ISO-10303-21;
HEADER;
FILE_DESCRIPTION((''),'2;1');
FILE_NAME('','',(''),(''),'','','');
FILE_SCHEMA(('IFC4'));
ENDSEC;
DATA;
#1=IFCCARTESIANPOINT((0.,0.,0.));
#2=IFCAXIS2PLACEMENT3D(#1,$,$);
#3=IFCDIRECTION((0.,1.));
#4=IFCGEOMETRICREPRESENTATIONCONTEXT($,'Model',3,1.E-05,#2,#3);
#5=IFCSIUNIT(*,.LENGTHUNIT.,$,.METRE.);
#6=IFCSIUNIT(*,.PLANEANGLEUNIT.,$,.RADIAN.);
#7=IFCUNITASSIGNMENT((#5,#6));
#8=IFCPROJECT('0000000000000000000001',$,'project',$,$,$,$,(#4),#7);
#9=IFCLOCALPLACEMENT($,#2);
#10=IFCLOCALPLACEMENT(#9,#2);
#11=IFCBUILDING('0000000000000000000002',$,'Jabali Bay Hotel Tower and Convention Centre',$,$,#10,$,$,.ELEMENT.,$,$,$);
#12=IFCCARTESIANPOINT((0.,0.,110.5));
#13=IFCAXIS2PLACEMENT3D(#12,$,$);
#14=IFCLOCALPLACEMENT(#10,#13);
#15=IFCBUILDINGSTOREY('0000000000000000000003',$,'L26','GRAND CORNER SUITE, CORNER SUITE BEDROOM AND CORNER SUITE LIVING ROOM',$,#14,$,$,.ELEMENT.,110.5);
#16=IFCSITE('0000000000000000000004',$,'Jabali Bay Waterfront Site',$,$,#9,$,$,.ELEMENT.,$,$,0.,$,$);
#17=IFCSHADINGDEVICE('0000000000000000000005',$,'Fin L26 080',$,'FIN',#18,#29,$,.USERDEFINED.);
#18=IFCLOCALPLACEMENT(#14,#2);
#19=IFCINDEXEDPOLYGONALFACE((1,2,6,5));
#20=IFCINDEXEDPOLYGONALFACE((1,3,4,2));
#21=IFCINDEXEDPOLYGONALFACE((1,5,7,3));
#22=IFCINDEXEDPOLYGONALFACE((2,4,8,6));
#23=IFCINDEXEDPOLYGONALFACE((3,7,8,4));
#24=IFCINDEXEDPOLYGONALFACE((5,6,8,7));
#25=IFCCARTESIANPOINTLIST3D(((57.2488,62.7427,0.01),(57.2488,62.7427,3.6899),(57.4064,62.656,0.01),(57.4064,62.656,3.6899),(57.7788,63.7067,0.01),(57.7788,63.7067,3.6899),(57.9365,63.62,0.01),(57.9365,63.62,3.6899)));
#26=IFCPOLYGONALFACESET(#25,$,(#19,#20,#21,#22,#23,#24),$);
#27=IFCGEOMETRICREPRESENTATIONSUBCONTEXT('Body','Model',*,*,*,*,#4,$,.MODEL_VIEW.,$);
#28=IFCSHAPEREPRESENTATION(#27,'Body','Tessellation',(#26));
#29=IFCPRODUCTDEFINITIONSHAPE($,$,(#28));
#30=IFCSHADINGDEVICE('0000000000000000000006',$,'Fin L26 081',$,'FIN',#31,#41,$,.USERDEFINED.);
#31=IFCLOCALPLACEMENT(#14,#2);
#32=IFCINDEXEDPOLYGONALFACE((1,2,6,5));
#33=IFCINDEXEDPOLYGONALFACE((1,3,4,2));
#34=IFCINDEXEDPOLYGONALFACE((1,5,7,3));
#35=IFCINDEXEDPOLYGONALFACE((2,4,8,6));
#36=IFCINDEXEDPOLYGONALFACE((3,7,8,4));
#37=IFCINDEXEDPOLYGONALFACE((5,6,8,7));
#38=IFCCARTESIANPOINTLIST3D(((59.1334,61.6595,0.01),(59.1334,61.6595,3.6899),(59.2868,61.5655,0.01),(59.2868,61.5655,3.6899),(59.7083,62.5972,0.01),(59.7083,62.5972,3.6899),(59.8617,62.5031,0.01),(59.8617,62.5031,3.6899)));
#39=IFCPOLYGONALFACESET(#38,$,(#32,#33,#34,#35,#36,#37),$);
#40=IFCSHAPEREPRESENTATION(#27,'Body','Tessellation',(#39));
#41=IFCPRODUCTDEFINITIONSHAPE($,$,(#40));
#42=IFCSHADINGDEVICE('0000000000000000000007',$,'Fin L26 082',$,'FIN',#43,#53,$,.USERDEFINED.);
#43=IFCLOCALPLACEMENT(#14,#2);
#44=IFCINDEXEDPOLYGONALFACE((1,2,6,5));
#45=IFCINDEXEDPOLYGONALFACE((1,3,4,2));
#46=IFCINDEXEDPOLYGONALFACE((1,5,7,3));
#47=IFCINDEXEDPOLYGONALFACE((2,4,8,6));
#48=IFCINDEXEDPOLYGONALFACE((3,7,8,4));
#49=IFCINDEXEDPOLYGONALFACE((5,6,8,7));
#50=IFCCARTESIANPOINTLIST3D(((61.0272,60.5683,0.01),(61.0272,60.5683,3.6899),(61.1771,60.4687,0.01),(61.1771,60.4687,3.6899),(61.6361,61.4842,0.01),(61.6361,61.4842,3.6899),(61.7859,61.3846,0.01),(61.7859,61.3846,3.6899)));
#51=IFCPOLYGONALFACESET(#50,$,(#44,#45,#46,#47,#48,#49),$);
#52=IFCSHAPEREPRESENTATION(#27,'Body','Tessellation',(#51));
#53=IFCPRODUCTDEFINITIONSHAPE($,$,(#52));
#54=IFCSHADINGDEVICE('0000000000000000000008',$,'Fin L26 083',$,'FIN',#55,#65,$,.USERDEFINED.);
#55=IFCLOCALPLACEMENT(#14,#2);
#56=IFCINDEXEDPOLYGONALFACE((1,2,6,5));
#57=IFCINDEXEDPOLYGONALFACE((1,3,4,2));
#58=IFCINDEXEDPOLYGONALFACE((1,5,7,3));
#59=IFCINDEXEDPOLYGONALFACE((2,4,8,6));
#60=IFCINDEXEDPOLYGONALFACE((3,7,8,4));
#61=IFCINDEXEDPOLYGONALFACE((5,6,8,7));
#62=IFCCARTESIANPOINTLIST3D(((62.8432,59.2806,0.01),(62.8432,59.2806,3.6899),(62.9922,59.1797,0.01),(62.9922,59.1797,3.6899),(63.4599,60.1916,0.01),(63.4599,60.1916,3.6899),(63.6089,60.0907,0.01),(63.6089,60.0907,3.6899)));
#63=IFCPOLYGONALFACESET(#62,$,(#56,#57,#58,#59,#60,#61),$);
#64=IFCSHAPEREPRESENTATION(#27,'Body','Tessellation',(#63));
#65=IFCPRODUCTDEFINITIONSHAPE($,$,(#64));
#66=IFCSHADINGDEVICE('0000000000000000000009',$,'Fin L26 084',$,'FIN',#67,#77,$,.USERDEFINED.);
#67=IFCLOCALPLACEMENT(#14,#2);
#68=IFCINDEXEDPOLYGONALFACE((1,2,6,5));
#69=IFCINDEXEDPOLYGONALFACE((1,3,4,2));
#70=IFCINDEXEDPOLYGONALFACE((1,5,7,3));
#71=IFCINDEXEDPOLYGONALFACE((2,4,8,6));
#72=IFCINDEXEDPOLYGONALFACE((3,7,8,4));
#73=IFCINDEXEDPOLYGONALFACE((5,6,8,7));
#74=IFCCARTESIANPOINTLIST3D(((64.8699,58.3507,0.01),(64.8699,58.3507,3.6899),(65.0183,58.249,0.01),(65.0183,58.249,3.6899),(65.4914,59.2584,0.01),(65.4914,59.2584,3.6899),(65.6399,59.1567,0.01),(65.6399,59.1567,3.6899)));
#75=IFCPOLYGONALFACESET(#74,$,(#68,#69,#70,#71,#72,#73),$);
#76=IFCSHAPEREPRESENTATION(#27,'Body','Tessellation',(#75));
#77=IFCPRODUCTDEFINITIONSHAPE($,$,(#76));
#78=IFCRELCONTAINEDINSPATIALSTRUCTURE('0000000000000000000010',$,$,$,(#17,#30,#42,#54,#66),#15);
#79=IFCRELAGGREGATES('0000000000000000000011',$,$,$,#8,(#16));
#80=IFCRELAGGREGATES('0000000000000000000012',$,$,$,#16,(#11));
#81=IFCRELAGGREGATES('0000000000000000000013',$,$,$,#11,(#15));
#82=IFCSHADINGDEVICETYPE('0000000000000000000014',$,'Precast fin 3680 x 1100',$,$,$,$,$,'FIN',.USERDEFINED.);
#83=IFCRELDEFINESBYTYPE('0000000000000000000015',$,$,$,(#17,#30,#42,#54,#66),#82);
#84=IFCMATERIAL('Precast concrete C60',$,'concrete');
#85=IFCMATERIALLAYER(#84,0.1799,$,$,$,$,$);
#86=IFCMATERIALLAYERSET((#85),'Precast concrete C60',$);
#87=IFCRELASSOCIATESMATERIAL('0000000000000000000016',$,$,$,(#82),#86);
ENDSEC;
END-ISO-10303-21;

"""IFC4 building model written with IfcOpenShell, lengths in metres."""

from ifc_helpers import new_model, si_unit, direction, frame, frame_2d, origin, place, context, subcontext, project, spatial, rectangle, extrude, material, layer, layer_set, type_object, element, save


model = new_model("IFC4")

# Units and contexts
model_context = context("Model", 3, precision=1e-05, world=origin(), true_north=direction((0.0, 1.0)))
body_context = subcontext(model_context, "Body", "Model", "MODEL_VIEW")
ifc_project = project(units=[si_unit("LENGTHUNIT", "METRE"), si_unit("PLANEANGLEUNIT", "RADIAN")], contexts=[model_context])

# Site, building, storey
site_placement = place(None, origin())
site = spatial("IfcSite", under=ifc_project, at=site_placement, Name="Jabali Bay Waterfront Site", CompositionType="ELEMENT", RefElevation=0.0)
building_placement = place(site_placement, origin())
building = spatial("IfcBuilding", under=site, at=building_placement, Name="Jabali Bay Hotel Tower and Convention Centre", CompositionType="ELEMENT")
storey_placement = place(building_placement, frame((0.0, 0.0, 110.5)))
storey = spatial("IfcBuildingStorey", under=building, at=storey_placement, Name="L26", Description="GRAND CORNER SUITE, CORNER SUITE BEDROOM AND CORNER SUITE LIVING ROOM", CompositionType="ELEMENT", Elevation=110.5)

# Shading devices
ifc_material_1 = material(Name="Precast concrete C60", Category="concrete")
ifc_layer_1 = layer(ifc_material_1, 0.1799)
ifc_layer_set_1 = layer_set([ifc_layer_1], Name="Precast concrete C60")
shading_device_type = type_object("IfcShadingDeviceType", Name="Precast fin 3680 x 1100", ElementType="FIN", PredefinedType="USERDEFINED", material=ifc_layer_set_1)
shading_device_1_placement = place(storey_placement, frame((57.8577, 63.6633, 0.01), z_axis=(0.0, 0.0, 1.0), x_axis=(-0.481851, -0.876253, 0.0)))
element("IfcShadingDevice", 1, at=shading_device_1_placement, inside=storey, type_object=shading_device_type, Name="Fin L26 080", ObjectType="FIN", PredefinedType="USERDEFINED", context=body_context, shape_type="SweptSolid", body=[
    extrude(rectangle(XDim=1.1001, YDim=0.1799, at=frame_2d((0.55, 0.0))), origin(), (0.0, 0.0, 1.0), 3.6799),
])
for number, where, z_axis, x_axis, name in (
    (2, (59.7849, 62.55, 0.01), (0.0, 0.0, 1.0), (-0.522697, -0.852518, 0.0), "Fin L26 081"),
    (3, (61.7109, 61.4343, 0.01), (0.0, 0.0, 1.0), (-0.553573, -0.832801, 0.0), "Fin L26 082"),
):
    element("IfcShadingDevice", number, at=place(storey_placement, frame(where, z_axis=z_axis, x_axis=x_axis)), inside=storey, type_object=shading_device_type, Name=name, ObjectType="FIN", PredefinedType="USERDEFINED", context=body_context, shape_type="SweptSolid", body=[
        extrude(rectangle(XDim=1.0999, YDim=0.1799, at=frame_2d((0.5498, 0.0))), origin(), (0.0, 0.0, 1.0), 3.6799),
    ])
for number, where, z_axis, x_axis, name in (
    (4, (63.5344, 60.1411, 0.01), (0.0, 0.0, 1.0), (-0.560627, -0.828068, 0.0), "Fin L26 083"),
    (5, (65.5657, 59.2075, 0.01), (0.0, 0.0, 1.0), (-0.565002, -0.825089, 0.0), "Fin L26 084"),
):
    element("IfcShadingDevice", number, at=place(storey_placement, frame(where, z_axis=z_axis, x_axis=x_axis)), inside=storey, type_object=shading_device_type, Name=name, ObjectType="FIN", PredefinedType="USERDEFINED", context=body_context, shape_type="SweptSolid", body=[
        extrude(rectangle(XDim=1.1001, YDim=0.1799, at=frame_2d((0.55, 0.0))), origin(), (0.0, 0.0, 1.0), 3.6799),
    ])

save(model, "model.ifc")
